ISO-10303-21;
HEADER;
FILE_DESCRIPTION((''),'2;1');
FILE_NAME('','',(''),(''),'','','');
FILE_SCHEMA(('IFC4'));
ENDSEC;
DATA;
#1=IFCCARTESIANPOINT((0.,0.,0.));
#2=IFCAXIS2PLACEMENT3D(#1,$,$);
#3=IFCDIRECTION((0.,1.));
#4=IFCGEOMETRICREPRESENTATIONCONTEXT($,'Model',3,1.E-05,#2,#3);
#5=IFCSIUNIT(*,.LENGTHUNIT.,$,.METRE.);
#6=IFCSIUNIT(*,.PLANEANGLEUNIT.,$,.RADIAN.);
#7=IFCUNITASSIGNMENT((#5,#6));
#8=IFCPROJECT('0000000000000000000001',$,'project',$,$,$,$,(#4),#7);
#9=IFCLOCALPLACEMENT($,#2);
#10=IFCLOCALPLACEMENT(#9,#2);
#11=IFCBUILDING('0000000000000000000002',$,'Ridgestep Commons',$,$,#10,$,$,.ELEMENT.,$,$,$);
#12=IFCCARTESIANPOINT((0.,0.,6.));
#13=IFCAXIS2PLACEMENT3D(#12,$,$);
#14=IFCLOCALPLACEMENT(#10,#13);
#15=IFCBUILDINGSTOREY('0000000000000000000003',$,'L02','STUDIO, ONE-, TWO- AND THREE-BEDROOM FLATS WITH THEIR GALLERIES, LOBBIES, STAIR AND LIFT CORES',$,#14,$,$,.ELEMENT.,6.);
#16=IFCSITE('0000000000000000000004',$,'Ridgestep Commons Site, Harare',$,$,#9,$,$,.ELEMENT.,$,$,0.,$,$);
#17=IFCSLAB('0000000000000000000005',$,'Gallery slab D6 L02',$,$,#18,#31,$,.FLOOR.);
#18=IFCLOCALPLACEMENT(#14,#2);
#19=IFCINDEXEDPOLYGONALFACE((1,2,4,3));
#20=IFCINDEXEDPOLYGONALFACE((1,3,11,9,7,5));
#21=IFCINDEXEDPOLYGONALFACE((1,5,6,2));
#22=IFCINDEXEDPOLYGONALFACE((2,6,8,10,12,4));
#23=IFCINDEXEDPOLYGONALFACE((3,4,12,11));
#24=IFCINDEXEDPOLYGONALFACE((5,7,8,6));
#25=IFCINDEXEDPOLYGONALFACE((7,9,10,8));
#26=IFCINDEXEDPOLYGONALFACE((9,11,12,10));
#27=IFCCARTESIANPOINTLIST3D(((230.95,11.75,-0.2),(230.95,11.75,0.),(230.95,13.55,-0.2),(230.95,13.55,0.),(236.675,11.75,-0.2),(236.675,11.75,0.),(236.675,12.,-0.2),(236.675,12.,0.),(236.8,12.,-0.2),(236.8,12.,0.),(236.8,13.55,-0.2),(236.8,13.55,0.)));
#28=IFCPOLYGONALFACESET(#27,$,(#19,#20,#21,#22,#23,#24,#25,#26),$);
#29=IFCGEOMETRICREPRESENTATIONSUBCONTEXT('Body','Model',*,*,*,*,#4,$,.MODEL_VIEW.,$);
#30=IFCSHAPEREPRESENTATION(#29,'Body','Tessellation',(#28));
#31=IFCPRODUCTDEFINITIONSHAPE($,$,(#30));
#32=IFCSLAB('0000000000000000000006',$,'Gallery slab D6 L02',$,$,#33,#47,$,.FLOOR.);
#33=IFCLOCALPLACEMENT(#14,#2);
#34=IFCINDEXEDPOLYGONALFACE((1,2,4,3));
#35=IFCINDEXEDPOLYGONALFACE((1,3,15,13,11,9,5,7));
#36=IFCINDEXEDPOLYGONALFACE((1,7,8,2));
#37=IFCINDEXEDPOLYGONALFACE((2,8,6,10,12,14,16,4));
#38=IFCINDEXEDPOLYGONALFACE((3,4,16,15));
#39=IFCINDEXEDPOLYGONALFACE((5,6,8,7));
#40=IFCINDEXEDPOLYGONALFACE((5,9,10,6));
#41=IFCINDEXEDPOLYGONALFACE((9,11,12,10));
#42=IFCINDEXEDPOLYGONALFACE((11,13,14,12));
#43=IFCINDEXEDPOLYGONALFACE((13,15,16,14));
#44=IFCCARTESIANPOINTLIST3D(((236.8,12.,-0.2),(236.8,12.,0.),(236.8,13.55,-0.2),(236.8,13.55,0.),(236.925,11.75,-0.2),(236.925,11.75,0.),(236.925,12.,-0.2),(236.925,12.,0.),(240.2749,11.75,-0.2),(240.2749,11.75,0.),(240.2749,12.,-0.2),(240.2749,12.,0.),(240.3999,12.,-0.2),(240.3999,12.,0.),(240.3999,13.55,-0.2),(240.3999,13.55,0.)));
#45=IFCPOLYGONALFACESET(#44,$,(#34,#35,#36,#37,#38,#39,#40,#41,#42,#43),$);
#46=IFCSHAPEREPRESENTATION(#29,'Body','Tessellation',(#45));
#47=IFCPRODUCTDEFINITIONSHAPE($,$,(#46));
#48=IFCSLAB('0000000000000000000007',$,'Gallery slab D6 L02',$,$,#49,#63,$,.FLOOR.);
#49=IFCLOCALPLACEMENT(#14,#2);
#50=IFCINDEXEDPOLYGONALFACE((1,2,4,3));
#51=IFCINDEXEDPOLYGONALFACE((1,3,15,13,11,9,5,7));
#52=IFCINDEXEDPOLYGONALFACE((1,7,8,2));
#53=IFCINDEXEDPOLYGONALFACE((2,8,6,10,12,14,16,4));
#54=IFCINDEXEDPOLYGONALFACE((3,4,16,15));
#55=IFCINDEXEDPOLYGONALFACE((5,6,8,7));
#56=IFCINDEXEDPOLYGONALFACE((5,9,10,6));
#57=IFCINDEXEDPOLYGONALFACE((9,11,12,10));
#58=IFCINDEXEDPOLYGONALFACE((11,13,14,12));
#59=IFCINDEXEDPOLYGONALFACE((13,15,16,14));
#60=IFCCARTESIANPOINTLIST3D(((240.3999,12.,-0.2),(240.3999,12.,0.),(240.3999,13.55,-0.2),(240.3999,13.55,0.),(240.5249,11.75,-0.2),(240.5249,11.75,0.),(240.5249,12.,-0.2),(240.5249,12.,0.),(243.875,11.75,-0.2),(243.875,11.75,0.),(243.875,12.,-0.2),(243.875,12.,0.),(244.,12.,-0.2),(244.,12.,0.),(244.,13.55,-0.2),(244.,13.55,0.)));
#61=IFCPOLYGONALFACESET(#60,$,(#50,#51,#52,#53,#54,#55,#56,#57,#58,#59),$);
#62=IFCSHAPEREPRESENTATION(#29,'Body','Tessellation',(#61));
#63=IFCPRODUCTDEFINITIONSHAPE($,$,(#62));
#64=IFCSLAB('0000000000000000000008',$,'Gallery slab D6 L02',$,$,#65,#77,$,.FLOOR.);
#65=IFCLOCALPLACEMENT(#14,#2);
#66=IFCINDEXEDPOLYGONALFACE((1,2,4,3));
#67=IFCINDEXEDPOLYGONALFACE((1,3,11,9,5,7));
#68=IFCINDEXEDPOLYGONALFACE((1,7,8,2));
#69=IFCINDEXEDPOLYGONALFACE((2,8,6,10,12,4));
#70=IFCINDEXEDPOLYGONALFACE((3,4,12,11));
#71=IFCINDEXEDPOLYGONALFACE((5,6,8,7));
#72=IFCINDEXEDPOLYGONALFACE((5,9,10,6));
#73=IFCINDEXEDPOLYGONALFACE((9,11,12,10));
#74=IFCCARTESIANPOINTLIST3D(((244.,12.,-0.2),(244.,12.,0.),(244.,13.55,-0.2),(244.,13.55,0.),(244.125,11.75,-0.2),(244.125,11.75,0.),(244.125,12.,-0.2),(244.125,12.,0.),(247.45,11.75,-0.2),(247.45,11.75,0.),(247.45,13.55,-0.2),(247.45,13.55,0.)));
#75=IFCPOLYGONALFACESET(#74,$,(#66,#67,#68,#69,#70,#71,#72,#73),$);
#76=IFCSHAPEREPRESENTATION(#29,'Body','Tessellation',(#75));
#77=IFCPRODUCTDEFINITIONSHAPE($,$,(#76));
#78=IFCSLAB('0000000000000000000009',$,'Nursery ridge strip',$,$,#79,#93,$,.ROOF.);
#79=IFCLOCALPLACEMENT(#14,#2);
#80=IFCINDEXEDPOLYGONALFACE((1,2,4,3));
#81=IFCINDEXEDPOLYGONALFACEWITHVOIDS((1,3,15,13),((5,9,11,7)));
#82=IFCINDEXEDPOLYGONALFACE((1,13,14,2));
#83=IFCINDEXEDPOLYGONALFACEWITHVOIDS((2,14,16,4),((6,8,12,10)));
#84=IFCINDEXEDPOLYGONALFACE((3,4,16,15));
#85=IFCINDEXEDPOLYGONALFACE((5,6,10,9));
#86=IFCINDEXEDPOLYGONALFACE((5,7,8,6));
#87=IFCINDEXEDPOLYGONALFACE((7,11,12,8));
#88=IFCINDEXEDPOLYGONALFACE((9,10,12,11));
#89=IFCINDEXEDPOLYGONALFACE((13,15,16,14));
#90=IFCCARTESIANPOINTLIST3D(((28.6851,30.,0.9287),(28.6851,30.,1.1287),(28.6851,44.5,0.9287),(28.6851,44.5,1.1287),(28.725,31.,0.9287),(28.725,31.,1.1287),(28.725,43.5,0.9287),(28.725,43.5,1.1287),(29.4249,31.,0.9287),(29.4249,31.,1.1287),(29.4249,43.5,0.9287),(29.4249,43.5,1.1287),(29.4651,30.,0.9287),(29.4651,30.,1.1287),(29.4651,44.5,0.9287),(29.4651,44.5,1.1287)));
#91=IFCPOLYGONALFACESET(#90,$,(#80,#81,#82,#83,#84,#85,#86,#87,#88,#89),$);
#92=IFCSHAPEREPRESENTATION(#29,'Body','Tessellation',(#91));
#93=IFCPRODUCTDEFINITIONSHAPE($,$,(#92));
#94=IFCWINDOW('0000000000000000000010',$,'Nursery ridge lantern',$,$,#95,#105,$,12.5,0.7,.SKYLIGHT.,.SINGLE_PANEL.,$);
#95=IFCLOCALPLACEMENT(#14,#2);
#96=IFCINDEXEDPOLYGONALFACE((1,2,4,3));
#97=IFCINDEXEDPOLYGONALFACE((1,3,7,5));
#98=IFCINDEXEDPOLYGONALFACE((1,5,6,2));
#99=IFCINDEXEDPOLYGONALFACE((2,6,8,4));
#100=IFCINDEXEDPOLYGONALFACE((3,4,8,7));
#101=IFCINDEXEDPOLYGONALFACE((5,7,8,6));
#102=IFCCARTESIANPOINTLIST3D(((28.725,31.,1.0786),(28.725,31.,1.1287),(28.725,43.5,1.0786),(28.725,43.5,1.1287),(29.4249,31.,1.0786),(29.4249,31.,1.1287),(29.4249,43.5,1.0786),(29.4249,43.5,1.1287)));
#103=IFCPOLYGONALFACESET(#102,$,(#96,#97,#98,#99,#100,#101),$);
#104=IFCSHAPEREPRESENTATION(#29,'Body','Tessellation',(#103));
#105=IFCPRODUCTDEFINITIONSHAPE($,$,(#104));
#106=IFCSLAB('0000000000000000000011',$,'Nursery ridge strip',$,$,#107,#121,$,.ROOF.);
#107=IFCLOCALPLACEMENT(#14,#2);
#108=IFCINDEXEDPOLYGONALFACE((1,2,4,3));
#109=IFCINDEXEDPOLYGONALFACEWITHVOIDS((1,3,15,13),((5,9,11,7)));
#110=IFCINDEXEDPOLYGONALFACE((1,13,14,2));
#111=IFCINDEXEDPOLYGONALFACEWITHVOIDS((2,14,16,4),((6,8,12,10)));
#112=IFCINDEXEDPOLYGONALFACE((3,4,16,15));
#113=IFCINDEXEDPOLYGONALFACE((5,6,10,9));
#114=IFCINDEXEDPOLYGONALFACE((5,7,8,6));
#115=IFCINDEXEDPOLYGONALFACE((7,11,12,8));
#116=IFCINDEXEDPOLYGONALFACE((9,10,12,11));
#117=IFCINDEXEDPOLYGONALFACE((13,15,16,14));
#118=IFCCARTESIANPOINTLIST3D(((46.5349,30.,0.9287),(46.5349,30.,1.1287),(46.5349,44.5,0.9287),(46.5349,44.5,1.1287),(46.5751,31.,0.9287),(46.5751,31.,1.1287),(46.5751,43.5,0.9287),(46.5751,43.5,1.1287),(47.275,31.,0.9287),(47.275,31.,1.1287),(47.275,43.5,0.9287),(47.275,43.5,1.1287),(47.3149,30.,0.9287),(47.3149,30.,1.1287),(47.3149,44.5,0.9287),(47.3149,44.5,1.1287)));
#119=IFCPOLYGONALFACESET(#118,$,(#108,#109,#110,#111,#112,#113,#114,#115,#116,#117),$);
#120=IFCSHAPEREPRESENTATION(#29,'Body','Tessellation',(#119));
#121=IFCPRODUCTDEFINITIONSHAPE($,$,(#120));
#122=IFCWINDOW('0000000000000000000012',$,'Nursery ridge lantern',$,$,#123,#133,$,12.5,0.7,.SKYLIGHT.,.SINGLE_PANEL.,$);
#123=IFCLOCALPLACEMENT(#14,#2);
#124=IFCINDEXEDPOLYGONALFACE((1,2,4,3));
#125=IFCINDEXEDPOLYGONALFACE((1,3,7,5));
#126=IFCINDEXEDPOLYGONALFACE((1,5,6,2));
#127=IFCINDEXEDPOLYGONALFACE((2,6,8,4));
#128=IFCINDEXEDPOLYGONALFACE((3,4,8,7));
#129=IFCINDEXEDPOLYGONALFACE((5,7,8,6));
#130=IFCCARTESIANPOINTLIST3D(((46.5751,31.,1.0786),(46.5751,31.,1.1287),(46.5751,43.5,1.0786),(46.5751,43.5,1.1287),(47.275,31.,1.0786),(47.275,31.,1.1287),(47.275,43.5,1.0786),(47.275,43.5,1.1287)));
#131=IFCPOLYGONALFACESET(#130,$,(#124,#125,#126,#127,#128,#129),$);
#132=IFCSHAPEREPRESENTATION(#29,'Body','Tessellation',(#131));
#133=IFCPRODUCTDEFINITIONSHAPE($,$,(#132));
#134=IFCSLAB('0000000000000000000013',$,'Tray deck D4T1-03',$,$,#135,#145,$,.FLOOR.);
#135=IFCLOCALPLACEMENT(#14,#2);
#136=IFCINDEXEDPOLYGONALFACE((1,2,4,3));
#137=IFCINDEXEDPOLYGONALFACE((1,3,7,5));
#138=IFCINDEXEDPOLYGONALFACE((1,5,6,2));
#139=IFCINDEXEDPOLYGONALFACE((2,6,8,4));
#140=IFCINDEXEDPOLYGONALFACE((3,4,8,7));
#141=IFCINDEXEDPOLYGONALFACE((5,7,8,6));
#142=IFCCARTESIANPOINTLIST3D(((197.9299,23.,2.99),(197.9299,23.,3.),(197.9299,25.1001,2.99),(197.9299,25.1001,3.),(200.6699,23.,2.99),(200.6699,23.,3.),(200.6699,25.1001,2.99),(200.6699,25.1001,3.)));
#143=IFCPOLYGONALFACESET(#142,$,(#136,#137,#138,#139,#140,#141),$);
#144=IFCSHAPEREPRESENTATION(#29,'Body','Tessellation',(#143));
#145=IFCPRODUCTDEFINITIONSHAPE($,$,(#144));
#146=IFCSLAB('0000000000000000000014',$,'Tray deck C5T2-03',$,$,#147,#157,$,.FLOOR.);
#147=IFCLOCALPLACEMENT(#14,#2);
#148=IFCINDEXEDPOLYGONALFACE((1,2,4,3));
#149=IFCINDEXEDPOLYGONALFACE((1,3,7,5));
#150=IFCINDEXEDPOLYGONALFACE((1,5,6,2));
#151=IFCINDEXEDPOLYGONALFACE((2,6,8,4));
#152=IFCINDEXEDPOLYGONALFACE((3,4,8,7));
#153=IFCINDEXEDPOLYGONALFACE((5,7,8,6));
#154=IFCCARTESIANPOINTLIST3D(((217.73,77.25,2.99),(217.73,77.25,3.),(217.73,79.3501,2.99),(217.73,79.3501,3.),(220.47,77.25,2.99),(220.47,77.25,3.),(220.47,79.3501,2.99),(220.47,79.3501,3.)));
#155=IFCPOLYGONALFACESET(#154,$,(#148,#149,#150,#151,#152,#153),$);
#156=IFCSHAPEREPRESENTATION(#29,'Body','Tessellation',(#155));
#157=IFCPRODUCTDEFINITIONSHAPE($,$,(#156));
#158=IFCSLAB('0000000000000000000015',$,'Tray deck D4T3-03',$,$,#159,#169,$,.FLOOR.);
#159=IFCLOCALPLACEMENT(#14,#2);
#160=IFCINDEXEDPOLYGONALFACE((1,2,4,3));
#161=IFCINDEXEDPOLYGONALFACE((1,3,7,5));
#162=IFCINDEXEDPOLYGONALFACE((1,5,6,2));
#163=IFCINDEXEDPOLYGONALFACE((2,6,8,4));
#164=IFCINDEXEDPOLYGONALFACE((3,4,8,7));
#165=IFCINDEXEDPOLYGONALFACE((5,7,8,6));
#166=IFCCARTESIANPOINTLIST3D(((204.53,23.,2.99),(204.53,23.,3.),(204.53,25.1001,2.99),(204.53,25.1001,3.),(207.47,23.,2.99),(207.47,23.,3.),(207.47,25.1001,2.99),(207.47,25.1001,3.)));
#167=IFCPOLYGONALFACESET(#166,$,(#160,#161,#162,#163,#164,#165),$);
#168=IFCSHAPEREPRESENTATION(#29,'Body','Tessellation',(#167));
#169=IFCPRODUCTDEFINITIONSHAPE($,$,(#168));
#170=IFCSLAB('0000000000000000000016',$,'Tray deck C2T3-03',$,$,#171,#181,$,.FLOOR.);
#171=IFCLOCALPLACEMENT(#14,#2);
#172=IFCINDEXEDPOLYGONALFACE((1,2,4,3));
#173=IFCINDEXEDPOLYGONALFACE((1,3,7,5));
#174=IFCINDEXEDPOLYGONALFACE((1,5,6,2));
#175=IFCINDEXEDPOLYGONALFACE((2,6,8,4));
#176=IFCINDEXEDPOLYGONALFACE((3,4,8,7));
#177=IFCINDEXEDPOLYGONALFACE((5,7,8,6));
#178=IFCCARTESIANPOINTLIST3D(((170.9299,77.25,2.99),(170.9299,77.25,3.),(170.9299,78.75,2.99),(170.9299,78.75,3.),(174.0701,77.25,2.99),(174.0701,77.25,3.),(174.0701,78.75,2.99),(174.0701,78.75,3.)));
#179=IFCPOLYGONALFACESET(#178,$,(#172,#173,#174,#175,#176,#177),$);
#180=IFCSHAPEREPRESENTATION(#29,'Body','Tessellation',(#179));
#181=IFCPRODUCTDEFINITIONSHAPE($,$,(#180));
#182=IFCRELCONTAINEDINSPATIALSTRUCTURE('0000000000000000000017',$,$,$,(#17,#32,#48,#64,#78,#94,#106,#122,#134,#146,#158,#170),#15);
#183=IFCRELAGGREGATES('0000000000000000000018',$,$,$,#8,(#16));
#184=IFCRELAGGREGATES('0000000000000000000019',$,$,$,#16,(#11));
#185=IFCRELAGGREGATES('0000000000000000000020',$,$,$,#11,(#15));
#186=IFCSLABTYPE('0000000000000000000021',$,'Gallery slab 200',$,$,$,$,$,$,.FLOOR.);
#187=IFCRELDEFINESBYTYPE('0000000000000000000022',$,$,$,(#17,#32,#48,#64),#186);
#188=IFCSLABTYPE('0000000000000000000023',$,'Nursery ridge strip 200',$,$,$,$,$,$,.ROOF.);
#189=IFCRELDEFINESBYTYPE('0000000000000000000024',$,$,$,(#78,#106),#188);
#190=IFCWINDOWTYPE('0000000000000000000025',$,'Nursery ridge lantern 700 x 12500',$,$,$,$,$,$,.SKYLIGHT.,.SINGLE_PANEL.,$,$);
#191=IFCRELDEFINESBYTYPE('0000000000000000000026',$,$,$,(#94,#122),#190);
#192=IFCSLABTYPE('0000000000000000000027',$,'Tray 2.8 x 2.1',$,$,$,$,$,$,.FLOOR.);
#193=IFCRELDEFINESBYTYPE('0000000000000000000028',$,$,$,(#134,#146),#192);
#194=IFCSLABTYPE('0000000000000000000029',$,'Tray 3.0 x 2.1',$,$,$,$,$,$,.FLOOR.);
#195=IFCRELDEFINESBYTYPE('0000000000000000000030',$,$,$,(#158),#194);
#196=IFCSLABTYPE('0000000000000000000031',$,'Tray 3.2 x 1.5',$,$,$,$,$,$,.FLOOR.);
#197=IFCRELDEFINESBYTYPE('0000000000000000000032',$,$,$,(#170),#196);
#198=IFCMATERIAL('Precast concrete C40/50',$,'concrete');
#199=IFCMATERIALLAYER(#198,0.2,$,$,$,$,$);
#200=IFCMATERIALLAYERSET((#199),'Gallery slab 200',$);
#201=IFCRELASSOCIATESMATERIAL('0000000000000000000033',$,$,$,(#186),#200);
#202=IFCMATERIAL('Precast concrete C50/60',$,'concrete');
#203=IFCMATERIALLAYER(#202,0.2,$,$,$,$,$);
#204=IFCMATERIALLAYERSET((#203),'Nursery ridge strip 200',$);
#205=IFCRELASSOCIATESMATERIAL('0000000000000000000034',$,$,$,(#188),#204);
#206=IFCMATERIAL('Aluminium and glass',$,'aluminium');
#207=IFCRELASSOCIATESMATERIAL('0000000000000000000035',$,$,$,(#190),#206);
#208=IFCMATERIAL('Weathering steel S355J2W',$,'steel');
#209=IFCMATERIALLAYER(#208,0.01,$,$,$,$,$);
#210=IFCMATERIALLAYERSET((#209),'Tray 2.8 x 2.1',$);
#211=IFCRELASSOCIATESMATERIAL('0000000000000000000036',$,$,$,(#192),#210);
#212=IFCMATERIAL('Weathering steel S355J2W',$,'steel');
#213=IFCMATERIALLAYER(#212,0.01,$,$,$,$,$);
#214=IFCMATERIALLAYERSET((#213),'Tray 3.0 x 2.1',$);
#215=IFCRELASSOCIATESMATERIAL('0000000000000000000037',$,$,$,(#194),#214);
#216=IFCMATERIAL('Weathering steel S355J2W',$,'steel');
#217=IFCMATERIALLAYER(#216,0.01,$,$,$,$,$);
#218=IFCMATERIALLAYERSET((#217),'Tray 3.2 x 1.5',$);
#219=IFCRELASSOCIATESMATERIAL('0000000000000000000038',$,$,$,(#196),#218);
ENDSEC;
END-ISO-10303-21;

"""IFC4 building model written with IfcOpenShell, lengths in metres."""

from ifc_helpers import new_model, si_unit, direction, frame, origin, origin_2d, place, context, subcontext, project, spatial, polyline, rectangle, outline, extrude, material, layer, layer_set, type_object, element, fill, save


model = new_model("IFC4")

# Units and contexts
model_context = context("Model", 3, precision=1e-05, world=origin(), true_north=direction((0.0, 1.0)))
body_context = subcontext(model_context, "Body", "Model", "MODEL_VIEW")
ifc_project = project(units=[si_unit("LENGTHUNIT", "METRE"), si_unit("PLANEANGLEUNIT", "RADIAN")], contexts=[model_context])

# Site, building, storey
site_placement = place(None, origin())
site = spatial("IfcSite", under=ifc_project, at=site_placement, Name="Ridgestep Commons Site, Harare", CompositionType="ELEMENT", RefElevation=0.0)
building_placement = place(site_placement, origin())
building = spatial("IfcBuilding", under=site, at=building_placement, Name="Ridgestep Commons", CompositionType="ELEMENT")
storey_placement = place(building_placement, frame((0.0, 0.0, 6.0)))
storey = spatial("IfcBuildingStorey", under=building, at=storey_placement, Name="L02", Description="STUDIO, ONE-, TWO- AND THREE-BEDROOM FLATS WITH THEIR GALLERIES, LOBBIES, STAIR AND LIFT CORES", CompositionType="ELEMENT", Elevation=6.0)

# Slabs
ifc_material_1 = material(Name="Precast concrete C40/50", Category="concrete")
ifc_layer_1 = layer(ifc_material_1, 0.2)
ifc_layer_set_1 = layer_set([ifc_layer_1], Name="Gallery slab 200")
slab_type_1 = type_object("IfcSlabType", Name="Gallery slab 200", PredefinedType="FLOOR", material=ifc_layer_set_1)
slab_1_placement = place(storey_placement, frame((0.0, 0.0, -0.2)))
element("IfcSlab", 1, at=slab_1_placement, inside=storey, type_object=slab_type_1, Name="Gallery slab D6 L02", PredefinedType="FLOOR", context=body_context, shape_type="SweptSolid", body=[
    extrude(outline(polyline([(230.95, 11.75), (236.675, 11.75), (236.675, 12.0), (236.8, 12.0), (236.8, 13.55), (230.95, 13.55), (230.95, 11.75)])), origin(), (0.0, 0.0, 1.0), 0.2),
])
slab_2_placement = place(storey_placement, frame((0.0, 0.0, -0.2)))
element("IfcSlab", 2, at=slab_2_placement, inside=storey, type_object=slab_type_1, Name="Gallery slab D6 L02", PredefinedType="FLOOR", context=body_context, shape_type="SweptSolid", body=[
    extrude(outline(polyline([(240.3999, 13.55), (236.8, 13.55), (236.8, 12.0), (236.925, 12.0), (236.925, 11.75), (240.2749, 11.75), (240.2749, 12.0), (240.3999, 12.0), (240.3999, 13.55)])), origin(), (0.0, 0.0, 1.0), 0.2),
])
slab_3_placement = place(storey_placement, frame((0.0, 0.0, -0.2)))
element("IfcSlab", 3, at=slab_3_placement, inside=storey, type_object=slab_type_1, Name="Gallery slab D6 L02", PredefinedType="FLOOR", context=body_context, shape_type="SweptSolid", body=[
    extrude(outline(polyline([(244.0, 13.55), (240.3999, 13.55), (240.3999, 12.0), (240.5249, 12.0), (240.5249, 11.75), (243.875, 11.75), (243.875, 12.0), (244.0, 12.0), (244.0, 13.55)])), origin(), (0.0, 0.0, 1.0), 0.2),
])
slab_4_placement = place(storey_placement, frame((0.0, 0.0, -0.2)))
element("IfcSlab", 4, at=slab_4_placement, inside=storey, type_object=slab_type_1, Name="Gallery slab D6 L02", PredefinedType="FLOOR", context=body_context, shape_type="SweptSolid", body=[
    extrude(outline(polyline([(244.0, 13.55), (244.0, 12.0), (244.125, 12.0), (244.125, 11.75), (247.45, 11.75), (247.45, 13.55), (244.0, 13.55)])), origin(), (0.0, 0.0, 1.0), 0.2),
])

# Slabs, openings, windows
ifc_material_2 = material(Name="Precast concrete C50/60", Category="concrete")
ifc_layer_2 = layer(ifc_material_2, 0.2)
ifc_layer_set_2 = layer_set([ifc_layer_2], Name="Nursery ridge strip 200")
slab_type_2 = type_object("IfcSlabType", Name="Nursery ridge strip 200", PredefinedType="ROOF", material=ifc_layer_set_2)
slab_5_placement = place(storey_placement, frame((0.0, 0.0, 0.9287)))
slab_5 = element("IfcSlab", 5, at=slab_5_placement, inside=storey, type_object=slab_type_2, Name="Nursery ridge strip", PredefinedType="ROOF", context=body_context, shape_type="SweptSolid", body=[
    extrude(outline(polyline([(28.6851, 30.0), (29.4651, 30.0), (29.4651, 44.5), (28.6851, 44.5), (28.6851, 30.0)])), origin(), (0.0, 0.0, 1.0), 0.2),
])
opening_1_placement = place(slab_5_placement, frame((29.075, 37.25, 0.0)))
opening_1 = element("IfcOpeningElement", 6, at=opening_1_placement, cuts=slab_5, PredefinedType="OPENING", context=body_context, shape_type="SweptSolid", body=[
    extrude(rectangle(XDim=0.7, YDim=12.5, at=origin_2d()), origin(), (0.0, 0.0, 1.0), 0.2),
])
ifc_material_3 = material(Name="Aluminium and glass", Category="aluminium")
window_type = type_object("IfcWindowType", Name="Nursery ridge lantern 700 x 12500", PartitioningType="SINGLE_PANEL", PredefinedType="SKYLIGHT", material=ifc_material_3)
window_1_placement = place(opening_1_placement, frame((0.0, 0.0, 0.1499)))
window_1 = element("IfcWindow", 7, at=window_1_placement, inside=storey, type_object=window_type, Name="Nursery ridge lantern", OverallHeight=12.5, OverallWidth=0.7, PartitioningType="SINGLE_PANEL", PredefinedType="SKYLIGHT", context=body_context, shape_type="SweptSolid", body=[
    extrude(rectangle(XDim=0.7, YDim=12.5, at=origin_2d()), origin(), (0.0, 0.0, 1.0), 0.05),
])
fill(opening_1, window_1)
slab_6_placement = place(storey_placement, frame((0.0, 0.0, 0.9287)))
slab_6 = element("IfcSlab", 8, at=slab_6_placement, inside=storey, type_object=slab_type_2, Name="Nursery ridge strip", PredefinedType="ROOF", context=body_context, shape_type="SweptSolid", body=[
    extrude(outline(polyline([(46.5349, 30.0), (47.3149, 30.0), (47.3149, 44.5), (46.5349, 44.5), (46.5349, 30.0)])), origin(), (0.0, 0.0, 1.0), 0.2),
])
opening_2_placement = place(slab_6_placement, frame((46.925, 37.25, 0.0)))
opening_2 = element("IfcOpeningElement", 9, at=opening_2_placement, cuts=slab_6, PredefinedType="OPENING", context=body_context, shape_type="SweptSolid", body=[
    extrude(rectangle(XDim=0.7, YDim=12.5, at=origin_2d()), origin(), (0.0, 0.0, 1.0), 0.2),
])
window_2_placement = place(opening_2_placement, frame((0.0, 0.0, 0.1499)))
window_2 = element("IfcWindow", 10, at=window_2_placement, inside=storey, type_object=window_type, Name="Nursery ridge lantern", OverallHeight=12.5, OverallWidth=0.7, PartitioningType="SINGLE_PANEL", PredefinedType="SKYLIGHT", context=body_context, shape_type="SweptSolid", body=[
    extrude(rectangle(XDim=0.7, YDim=12.5, at=origin_2d()), origin(), (0.0, 0.0, 1.0), 0.05),
])
fill(opening_2, window_2)

# Slabs
ifc_material_4 = material(Name="Weathering steel S355J2W", Category="steel")
ifc_layer_3 = layer(ifc_material_4, 0.01)
ifc_layer_set_3 = layer_set([ifc_layer_3], Name="Tray 2.8 x 2.1")
slab_type_3 = type_object("IfcSlabType", Name="Tray 2.8 x 2.1", PredefinedType="FLOOR", material=ifc_layer_set_3)
slab_7_placement = place(storey_placement, frame((0.0, 0.0, 2.99)))
element("IfcSlab", 11, at=slab_7_placement, inside=storey, type_object=slab_type_3, Name="Tray deck D4T1-03", PredefinedType="FLOOR", context=body_context, shape_type="SweptSolid", body=[
    extrude(outline(polyline([(197.9299, 23.0), (200.6699, 23.0), (200.6699, 25.1001), (197.9299, 25.1001), (197.9299, 23.0)])), origin(), (0.0, 0.0, 1.0), 0.01),
])
slab_8_placement = place(storey_placement, frame((0.0, 0.0, 2.99)))
element("IfcSlab", 12, at=slab_8_placement, inside=storey, type_object=slab_type_3, Name="Tray deck C5T2-03", PredefinedType="FLOOR", context=body_context, shape_type="SweptSolid", body=[
    extrude(outline(polyline([(217.73, 77.25), (220.47, 77.25), (220.47, 79.3501), (217.73, 79.3501), (217.73, 77.25)])), origin(), (0.0, 0.0, 1.0), 0.01),
])
ifc_material_5 = material(Name="Weathering steel S355J2W", Category="steel")
ifc_layer_4 = layer(ifc_material_5, 0.01)
ifc_layer_set_4 = layer_set([ifc_layer_4], Name="Tray 3.0 x 2.1")
slab_type_4 = type_object("IfcSlabType", Name="Tray 3.0 x 2.1", PredefinedType="FLOOR", material=ifc_layer_set_4)
slab_9_placement = place(storey_placement, frame((0.0, 0.0, 2.99)))
element("IfcSlab", 13, at=slab_9_placement, inside=storey, type_object=slab_type_4, Name="Tray deck D4T3-03", PredefinedType="FLOOR", context=body_context, shape_type="SweptSolid", body=[
    extrude(outline(polyline([(204.53, 23.0), (207.47, 23.0), (207.47, 25.1001), (204.53, 25.1001), (204.53, 23.0)])), origin(), (0.0, 0.0, 1.0), 0.01),
])
ifc_material_6 = material(Name="Weathering steel S355J2W", Category="steel")
ifc_layer_5 = layer(ifc_material_6, 0.01)
ifc_layer_set_5 = layer_set([ifc_layer_5], Name="Tray 3.2 x 1.5")
slab_type_5 = type_object("IfcSlabType", Name="Tray 3.2 x 1.5", PredefinedType="FLOOR", material=ifc_layer_set_5)
slab_10_placement = place(storey_placement, frame((0.0, 0.0, 2.99)))
element("IfcSlab", 14, at=slab_10_placement, inside=storey, type_object=slab_type_5, Name="Tray deck C2T3-03", PredefinedType="FLOOR", context=body_context, shape_type="SweptSolid", body=[
    extrude(outline(polyline([(170.9299, 77.25), (174.0701, 77.25), (174.0701, 78.75), (170.9299, 78.75), (170.9299, 77.25)])), origin(), (0.0, 0.0, 1.0), 0.01),
])

save(model, "model.ifc")
